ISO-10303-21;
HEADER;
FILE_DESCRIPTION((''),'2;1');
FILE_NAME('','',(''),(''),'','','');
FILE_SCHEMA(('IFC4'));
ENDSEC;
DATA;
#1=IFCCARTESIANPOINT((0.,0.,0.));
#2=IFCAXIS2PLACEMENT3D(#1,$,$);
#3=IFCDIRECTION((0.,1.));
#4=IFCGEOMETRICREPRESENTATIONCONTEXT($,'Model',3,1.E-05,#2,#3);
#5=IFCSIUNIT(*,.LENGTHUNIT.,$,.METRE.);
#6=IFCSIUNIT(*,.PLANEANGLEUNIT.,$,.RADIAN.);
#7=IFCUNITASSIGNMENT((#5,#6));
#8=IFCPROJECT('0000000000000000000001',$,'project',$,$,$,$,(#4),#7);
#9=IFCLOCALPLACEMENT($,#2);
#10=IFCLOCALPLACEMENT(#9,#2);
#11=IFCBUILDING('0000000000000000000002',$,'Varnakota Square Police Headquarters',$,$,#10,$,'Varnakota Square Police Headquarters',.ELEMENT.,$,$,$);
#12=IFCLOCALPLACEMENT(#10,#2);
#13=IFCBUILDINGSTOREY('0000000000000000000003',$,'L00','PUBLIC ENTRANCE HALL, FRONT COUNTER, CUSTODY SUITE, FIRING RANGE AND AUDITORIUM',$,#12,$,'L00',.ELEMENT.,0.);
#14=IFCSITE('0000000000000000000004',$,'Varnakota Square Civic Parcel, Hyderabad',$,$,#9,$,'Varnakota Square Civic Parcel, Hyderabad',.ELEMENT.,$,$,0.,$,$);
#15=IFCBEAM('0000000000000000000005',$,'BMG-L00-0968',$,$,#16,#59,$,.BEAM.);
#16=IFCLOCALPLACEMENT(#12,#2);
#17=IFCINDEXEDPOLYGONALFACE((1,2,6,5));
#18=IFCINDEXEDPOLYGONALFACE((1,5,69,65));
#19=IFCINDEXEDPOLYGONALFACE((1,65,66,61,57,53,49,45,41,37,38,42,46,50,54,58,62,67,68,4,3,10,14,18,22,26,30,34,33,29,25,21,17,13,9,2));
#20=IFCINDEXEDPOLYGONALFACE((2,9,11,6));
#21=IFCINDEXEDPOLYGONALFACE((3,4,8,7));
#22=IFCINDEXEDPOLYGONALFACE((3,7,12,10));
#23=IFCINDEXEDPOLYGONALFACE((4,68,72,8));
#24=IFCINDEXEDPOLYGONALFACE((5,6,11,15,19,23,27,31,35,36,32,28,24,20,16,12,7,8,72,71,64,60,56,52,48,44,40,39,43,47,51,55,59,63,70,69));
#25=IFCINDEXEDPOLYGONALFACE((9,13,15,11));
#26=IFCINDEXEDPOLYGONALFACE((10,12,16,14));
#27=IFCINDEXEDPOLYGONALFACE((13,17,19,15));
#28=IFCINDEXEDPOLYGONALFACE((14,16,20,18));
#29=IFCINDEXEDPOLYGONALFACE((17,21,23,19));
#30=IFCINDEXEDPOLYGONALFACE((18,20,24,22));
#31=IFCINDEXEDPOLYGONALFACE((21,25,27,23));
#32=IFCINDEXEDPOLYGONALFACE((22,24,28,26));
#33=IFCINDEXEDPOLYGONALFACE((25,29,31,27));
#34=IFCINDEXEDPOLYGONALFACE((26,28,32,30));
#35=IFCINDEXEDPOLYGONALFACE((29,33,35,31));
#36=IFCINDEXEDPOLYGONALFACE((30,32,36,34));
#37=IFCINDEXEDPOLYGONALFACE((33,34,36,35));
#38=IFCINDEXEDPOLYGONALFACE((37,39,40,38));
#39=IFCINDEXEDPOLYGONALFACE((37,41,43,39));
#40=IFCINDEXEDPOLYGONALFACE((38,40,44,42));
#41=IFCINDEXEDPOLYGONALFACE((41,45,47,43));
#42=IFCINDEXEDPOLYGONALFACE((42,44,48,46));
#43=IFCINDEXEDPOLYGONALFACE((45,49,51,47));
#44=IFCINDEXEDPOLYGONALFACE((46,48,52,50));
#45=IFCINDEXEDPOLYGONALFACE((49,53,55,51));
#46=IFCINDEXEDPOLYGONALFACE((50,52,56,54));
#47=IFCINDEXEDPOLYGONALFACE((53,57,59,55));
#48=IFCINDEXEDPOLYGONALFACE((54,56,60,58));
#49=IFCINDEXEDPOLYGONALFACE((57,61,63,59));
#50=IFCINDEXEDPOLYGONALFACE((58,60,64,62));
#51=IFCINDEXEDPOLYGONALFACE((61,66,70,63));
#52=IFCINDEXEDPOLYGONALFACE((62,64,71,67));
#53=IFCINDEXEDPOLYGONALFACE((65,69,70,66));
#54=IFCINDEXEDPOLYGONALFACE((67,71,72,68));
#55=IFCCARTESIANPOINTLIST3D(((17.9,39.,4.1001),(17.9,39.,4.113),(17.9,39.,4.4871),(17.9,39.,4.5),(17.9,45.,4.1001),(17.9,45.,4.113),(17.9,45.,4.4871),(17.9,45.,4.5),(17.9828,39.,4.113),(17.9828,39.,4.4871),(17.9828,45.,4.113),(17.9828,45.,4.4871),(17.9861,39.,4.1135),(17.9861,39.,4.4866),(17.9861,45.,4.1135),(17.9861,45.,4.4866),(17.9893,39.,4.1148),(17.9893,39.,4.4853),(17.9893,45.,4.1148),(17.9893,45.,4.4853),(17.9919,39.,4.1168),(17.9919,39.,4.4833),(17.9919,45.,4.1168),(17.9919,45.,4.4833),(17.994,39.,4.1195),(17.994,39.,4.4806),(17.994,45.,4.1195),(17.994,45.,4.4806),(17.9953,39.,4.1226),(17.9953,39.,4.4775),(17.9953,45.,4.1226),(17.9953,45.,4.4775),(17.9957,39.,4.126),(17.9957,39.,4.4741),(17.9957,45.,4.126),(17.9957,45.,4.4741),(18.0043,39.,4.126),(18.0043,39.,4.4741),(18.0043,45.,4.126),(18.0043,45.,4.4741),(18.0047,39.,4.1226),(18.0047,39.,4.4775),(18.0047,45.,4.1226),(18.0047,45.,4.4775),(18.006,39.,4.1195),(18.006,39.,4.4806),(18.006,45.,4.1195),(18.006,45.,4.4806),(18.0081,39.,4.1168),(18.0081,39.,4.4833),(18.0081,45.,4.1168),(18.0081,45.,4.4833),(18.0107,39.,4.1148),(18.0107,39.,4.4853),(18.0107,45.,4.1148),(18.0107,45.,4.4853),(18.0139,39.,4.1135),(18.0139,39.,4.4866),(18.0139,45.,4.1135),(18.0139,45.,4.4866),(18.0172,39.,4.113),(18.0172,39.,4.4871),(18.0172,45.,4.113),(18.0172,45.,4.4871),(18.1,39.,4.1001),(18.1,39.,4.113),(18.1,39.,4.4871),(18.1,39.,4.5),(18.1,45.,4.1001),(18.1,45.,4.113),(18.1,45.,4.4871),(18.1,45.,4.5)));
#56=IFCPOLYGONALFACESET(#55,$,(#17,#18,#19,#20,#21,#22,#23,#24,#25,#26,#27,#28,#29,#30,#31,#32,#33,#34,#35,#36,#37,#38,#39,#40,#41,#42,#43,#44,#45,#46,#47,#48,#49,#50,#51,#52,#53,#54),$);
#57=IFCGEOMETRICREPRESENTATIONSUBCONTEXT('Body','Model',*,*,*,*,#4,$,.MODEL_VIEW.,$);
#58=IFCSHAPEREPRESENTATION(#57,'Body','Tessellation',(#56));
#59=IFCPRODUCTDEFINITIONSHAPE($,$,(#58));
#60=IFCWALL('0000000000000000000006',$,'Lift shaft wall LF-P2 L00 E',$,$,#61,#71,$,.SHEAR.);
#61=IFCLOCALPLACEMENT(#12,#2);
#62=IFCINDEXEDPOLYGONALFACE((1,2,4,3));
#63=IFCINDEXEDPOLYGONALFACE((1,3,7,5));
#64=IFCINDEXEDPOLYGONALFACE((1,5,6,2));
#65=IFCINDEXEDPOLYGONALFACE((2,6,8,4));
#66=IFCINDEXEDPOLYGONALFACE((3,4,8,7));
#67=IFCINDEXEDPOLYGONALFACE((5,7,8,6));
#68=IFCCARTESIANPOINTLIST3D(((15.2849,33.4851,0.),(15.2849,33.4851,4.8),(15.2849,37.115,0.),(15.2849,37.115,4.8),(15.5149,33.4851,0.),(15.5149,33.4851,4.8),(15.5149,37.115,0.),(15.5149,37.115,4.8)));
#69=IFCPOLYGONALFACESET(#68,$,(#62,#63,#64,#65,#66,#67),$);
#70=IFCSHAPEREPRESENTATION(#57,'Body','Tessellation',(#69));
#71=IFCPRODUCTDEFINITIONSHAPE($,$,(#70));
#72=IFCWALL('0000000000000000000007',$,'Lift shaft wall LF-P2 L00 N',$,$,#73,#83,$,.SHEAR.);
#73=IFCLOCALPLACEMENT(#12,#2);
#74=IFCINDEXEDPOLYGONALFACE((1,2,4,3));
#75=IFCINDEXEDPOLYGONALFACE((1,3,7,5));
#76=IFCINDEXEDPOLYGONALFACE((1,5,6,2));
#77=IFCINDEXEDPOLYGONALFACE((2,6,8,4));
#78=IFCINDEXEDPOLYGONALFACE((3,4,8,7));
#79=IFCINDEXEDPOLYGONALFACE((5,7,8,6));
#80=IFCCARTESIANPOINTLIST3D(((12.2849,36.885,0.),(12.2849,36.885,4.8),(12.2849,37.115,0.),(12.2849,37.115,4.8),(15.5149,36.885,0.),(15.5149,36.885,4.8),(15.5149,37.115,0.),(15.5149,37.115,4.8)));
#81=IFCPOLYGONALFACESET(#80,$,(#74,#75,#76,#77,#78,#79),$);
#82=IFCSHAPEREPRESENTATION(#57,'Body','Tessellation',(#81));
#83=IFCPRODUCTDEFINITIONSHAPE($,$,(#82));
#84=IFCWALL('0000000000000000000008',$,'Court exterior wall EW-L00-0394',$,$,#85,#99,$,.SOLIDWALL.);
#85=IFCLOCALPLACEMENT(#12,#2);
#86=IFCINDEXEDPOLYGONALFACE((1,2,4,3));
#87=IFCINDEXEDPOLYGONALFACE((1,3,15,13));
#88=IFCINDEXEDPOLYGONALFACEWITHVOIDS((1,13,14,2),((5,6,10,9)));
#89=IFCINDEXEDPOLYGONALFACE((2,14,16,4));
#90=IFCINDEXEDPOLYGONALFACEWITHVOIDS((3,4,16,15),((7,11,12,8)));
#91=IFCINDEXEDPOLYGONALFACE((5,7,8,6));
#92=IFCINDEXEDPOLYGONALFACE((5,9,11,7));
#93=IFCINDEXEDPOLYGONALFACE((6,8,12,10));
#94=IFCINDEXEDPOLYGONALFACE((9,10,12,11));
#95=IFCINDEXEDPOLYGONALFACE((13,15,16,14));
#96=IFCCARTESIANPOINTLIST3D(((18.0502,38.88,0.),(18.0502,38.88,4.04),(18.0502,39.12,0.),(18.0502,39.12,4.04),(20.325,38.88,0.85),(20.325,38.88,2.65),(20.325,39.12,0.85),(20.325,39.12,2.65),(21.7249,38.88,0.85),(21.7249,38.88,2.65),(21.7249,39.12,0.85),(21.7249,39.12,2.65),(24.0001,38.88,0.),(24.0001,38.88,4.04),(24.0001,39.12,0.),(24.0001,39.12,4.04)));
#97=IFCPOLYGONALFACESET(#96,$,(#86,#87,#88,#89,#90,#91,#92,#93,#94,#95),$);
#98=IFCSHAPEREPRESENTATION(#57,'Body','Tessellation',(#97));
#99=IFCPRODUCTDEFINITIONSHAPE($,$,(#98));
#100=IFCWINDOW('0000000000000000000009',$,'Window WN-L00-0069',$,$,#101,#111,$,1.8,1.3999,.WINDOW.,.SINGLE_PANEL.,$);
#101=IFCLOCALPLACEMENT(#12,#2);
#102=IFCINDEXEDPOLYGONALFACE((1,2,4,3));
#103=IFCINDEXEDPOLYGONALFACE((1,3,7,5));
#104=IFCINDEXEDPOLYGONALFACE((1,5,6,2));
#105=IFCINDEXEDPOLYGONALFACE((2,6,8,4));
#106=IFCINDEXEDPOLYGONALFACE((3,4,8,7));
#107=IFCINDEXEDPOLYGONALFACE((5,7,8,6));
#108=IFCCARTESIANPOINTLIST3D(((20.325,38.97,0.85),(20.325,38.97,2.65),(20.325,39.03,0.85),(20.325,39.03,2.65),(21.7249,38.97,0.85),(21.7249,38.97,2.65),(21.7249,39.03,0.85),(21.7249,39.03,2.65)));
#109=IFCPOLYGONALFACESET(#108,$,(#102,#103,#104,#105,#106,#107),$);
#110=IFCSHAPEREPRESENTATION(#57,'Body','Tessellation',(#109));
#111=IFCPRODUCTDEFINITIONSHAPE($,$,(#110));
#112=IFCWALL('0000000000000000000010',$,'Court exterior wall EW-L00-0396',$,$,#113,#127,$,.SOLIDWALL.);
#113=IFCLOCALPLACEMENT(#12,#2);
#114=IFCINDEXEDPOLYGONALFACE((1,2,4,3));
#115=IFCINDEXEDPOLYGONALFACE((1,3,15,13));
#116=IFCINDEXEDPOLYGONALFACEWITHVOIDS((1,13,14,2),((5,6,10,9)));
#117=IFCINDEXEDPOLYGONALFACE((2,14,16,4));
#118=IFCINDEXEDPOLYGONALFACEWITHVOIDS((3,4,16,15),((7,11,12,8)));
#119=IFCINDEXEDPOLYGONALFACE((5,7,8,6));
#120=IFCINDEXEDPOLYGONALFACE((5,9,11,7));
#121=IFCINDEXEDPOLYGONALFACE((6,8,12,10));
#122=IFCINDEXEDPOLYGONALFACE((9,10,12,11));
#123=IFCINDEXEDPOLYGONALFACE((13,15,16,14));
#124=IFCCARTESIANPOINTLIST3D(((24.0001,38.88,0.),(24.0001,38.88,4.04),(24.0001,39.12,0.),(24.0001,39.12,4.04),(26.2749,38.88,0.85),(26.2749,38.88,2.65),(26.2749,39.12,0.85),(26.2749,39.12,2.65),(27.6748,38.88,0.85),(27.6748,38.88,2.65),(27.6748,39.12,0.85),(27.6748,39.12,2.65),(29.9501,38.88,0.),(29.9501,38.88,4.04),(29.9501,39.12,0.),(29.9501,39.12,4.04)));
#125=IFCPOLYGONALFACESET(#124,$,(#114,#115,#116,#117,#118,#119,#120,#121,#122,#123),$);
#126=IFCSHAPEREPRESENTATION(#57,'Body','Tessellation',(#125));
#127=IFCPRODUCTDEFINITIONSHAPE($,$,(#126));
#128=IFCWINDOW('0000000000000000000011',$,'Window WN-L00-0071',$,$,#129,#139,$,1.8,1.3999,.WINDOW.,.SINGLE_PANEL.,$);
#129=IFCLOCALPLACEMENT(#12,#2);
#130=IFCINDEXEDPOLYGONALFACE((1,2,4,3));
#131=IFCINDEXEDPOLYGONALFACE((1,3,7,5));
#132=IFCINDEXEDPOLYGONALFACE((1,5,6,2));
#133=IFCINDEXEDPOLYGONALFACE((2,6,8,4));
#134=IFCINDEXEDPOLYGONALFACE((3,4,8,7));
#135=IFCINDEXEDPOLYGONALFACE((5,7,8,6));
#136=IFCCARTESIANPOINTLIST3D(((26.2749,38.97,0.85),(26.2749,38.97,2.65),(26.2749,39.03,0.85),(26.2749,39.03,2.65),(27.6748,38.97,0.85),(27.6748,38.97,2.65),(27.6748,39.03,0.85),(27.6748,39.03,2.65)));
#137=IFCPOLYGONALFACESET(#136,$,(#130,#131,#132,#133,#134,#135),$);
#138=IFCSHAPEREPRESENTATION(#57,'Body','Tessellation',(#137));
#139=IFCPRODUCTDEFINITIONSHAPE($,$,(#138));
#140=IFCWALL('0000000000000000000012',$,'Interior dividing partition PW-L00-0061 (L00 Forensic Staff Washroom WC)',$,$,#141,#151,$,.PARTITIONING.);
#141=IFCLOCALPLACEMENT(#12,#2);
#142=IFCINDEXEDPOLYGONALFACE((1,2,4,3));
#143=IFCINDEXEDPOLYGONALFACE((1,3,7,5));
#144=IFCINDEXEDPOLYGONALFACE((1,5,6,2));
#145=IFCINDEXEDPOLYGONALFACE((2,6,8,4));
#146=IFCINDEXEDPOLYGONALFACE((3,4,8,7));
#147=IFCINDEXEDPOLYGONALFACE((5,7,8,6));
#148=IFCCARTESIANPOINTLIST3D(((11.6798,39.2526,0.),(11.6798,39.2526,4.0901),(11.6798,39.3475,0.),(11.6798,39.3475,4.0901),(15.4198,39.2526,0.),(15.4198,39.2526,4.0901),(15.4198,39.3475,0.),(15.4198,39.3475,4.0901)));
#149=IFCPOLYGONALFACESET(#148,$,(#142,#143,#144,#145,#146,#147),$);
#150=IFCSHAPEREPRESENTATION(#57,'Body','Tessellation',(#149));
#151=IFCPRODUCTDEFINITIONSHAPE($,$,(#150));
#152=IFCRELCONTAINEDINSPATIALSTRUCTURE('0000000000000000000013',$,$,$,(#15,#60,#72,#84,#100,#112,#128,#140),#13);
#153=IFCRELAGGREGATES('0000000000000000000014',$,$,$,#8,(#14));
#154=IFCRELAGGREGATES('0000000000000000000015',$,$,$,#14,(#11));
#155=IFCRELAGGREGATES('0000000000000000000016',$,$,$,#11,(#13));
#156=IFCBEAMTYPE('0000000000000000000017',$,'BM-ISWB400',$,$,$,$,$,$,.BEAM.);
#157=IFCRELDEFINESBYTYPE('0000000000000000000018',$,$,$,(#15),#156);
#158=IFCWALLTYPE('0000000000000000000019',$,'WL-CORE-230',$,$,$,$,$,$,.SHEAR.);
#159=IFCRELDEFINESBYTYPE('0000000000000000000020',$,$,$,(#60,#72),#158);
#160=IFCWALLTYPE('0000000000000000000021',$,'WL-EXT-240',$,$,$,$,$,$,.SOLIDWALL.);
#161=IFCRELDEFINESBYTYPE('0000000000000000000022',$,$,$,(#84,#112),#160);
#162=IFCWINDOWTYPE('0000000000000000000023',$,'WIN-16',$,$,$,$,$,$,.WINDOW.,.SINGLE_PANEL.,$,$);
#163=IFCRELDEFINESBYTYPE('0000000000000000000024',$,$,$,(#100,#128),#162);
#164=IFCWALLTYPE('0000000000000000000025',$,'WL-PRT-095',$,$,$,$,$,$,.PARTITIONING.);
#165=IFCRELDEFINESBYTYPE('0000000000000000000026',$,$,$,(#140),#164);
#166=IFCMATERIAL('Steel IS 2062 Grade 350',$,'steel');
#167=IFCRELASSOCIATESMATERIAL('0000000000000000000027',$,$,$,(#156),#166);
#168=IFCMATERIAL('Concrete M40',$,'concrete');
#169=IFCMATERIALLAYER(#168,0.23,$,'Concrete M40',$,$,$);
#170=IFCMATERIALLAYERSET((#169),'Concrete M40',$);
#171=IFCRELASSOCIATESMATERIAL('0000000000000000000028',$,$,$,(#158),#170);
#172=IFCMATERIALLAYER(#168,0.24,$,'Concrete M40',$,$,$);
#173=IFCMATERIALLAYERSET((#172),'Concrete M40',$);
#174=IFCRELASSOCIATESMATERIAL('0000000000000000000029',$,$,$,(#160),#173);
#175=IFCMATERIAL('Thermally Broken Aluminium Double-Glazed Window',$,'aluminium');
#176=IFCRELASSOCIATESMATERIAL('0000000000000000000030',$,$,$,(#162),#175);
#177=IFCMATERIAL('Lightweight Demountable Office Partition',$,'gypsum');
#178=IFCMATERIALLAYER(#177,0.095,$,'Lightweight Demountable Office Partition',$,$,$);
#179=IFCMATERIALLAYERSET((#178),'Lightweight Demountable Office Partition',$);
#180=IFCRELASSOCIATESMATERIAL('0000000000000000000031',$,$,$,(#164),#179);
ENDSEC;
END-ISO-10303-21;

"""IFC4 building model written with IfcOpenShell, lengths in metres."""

from ifc_helpers import new_model, si_unit, direction, frame, frame_2d, origin, origin_2d, place, context, subcontext, project, spatial, rectangle, i_section, extrude, material, layer, layer_set, material_profile, profile_set, type_object, element, fill, save


model = new_model("IFC4")

# Units and contexts
model_context = context("Model", 3, precision=1e-05, world=origin(), true_north=direction((0.0, 1.0)))
body_context = subcontext(model_context, "Body", "Model", "MODEL_VIEW")
ifc_project = project(units=[si_unit("LENGTHUNIT", "METRE"), si_unit("PLANEANGLEUNIT", "RADIAN")], contexts=[model_context])

# Site, building, storey
site_placement = place(None, origin())
site = spatial("IfcSite", under=ifc_project, at=site_placement, Name="Varnakota Square Civic Parcel, Hyderabad", LongName="Varnakota Square Civic Parcel, Hyderabad", CompositionType="ELEMENT", RefElevation=0.0)
building_placement = place(site_placement, origin())
building = spatial("IfcBuilding", under=site, at=building_placement, Name="Varnakota Square Police Headquarters", LongName="Varnakota Square Police Headquarters", CompositionType="ELEMENT")
storey_placement = place(building_placement, origin())
storey = spatial("IfcBuildingStorey", under=building, at=storey_placement, Name="L00", Description="PUBLIC ENTRANCE HALL, FRONT COUNTER, CUSTODY SUITE, FIRING RANGE AND AUDITORIUM", LongName="L00", CompositionType="ELEMENT", Elevation=0.0)

# Beam
ifc_material_1 = material(Name="Steel IS 2062 Grade 350", Category="steel")
ifc_material_profile_1 = material_profile(ifc_material_1, i_section(OverallWidth=0.2, OverallDepth=0.3999, WebThickness=0.0085, FlangeThickness=0.0129, FilletRadius=0.0129, at=origin_2d()), Name="ISWB 400")
ifc_profile_set_1 = profile_set([ifc_material_profile_1], Name="Steel IS 2062 Grade 350")
beam_type_1 = type_object("IfcBeamType", Name="BM-ISWB400", PredefinedType="BEAM", material=ifc_profile_set_1)
beam_1_placement = place(storey_placement, frame((18.0, 39.0, 4.3), z_axis=(0.0, 1.0, 0.0), x_axis=(-1.0, 0.0, 0.0)))
element("IfcBeam", 1, at=beam_1_placement, inside=storey, type_object=beam_type_1, Name="BMG-L00-0968", PredefinedType="BEAM", context=body_context, shape_type="SweptSolid", body=[
    extrude(i_section(OverallWidth=0.2, OverallDepth=0.3999, WebThickness=0.0085, FlangeThickness=0.0129, FilletRadius=0.0129, at=origin_2d()), origin(), (0.0, 0.0, 1.0), 6.0),
])

# Walls
ifc_material_2 = material(Name="Concrete M40", Category="concrete")
ifc_layer_1 = layer(ifc_material_2, 0.23, Name="Concrete M40")
ifc_layer_set_1 = layer_set([ifc_layer_1], Name="Concrete M40")
wall_type_1 = type_object("IfcWallType", Name="WL-CORE-230", PredefinedType="SHEAR", material=ifc_layer_set_1)
wall_1_placement = place(storey_placement, frame((15.3999, 33.4851, 0.0), z_axis=(0.0, 0.0, 1.0), x_axis=(0.0, 1.0, 0.0)))
element("IfcWall", 2, at=wall_1_placement, inside=storey, type_object=wall_type_1, Name="Lift shaft wall LF-P2 L00 E", PredefinedType="SHEAR", context=body_context, shape_type="SweptSolid", body=[
    extrude(rectangle(XDim=3.6299, YDim=0.23, at=frame_2d((1.8149, 0.0))), origin(), (0.0, 0.0, 1.0), 4.8),
])
wall_2_placement = place(storey_placement, frame((15.5149, 37.0, 0.0), z_axis=(0.0, 0.0, 1.0), x_axis=(-1.0, 0.0, 0.0)))
element("IfcWall", 3, at=wall_2_placement, inside=storey, type_object=wall_type_1, Name="Lift shaft wall LF-P2 L00 N", PredefinedType="SHEAR", context=body_context, shape_type="SweptSolid", body=[
    extrude(rectangle(XDim=3.23, YDim=0.23, at=frame_2d((1.615, 0.0))), origin(), (0.0, 0.0, 1.0), 4.8),
])

# Walls, openings, windows
ifc_layer_2 = layer(ifc_material_2, 0.24, Name="Concrete M40")
ifc_layer_set_2 = layer_set([ifc_layer_2], Name="Concrete M40")
wall_type_2 = type_object("IfcWallType", Name="WL-EXT-240", PredefinedType="SOLIDWALL", material=ifc_layer_set_2)
wall_3_placement = place(storey_placement, frame((18.05, 39.0, 0.0), z_axis=(0.0, 0.0, 1.0), x_axis=(1.0, 0.0, 0.0)))
wall_3 = element("IfcWall", 4, at=wall_3_placement, inside=storey, type_object=wall_type_2, Name="Court exterior wall EW-L00-0394", PredefinedType="SOLIDWALL", context=body_context, shape_type="SweptSolid", body=[
    extrude(rectangle(XDim=5.95, YDim=0.24, at=frame_2d((2.9751, 0.0))), origin(), (0.0, 0.0, 1.0), 4.04),
])
opening_1_placement = place(wall_3_placement, frame((2.2749, 0.0, 0.8501)))
opening_1 = element("IfcOpeningElement", 5, at=opening_1_placement, cuts=wall_3, PredefinedType="OPENING", context=body_context, shape_type="SweptSolid", body=[
    extrude(rectangle(XDim=1.3999, YDim=1.8, at=frame_2d((0.7, 0.8999))), frame((0.0, 0.1299, 0.0), z_axis=(0.0, -1.0, 0.0), x_axis=(1.0, 0.0, 0.0)), (0.0, 0.0, 1.0), 0.26),
])
ifc_material_3 = material(Name="Thermally Broken Aluminium Double-Glazed Window", Category="aluminium")
window_type = type_object("IfcWindowType", Name="WIN-16", PartitioningType="SINGLE_PANEL", PredefinedType="WINDOW", material=ifc_material_3)
window_1_placement = place(opening_1_placement, origin())
window_1 = element("IfcWindow", 6, at=window_1_placement, inside=storey, type_object=window_type, Name="Window WN-L00-0069", OverallHeight=1.8, OverallWidth=1.3999, PartitioningType="SINGLE_PANEL", PredefinedType="WINDOW", context=body_context, shape_type="SweptSolid", body=[
    extrude(rectangle(XDim=1.3999, YDim=1.8, at=frame_2d((0.7, 0.8999))), frame((0.0, 0.03, 0.0), z_axis=(0.0, -1.0, 0.0), x_axis=(1.0, 0.0, 0.0)), (0.0, 0.0, 1.0), 0.0601),
])
fill(opening_1, window_1)
wall_4_placement = place(storey_placement, frame((24.0, 39.0, 0.0), z_axis=(0.0, 0.0, 1.0), x_axis=(1.0, 0.0, 0.0)))
wall_4 = element("IfcWall", 7, at=wall_4_placement, inside=storey, type_object=wall_type_2, Name="Court exterior wall EW-L00-0396", PredefinedType="SOLIDWALL", context=body_context, shape_type="SweptSolid", body=[
    extrude(rectangle(XDim=5.95, YDim=0.24, at=frame_2d((2.9751, 0.0))), origin(), (0.0, 0.0, 1.0), 4.04),
])
opening_2_placement = place(wall_4_placement, frame((2.2749, 0.0, 0.8501)))
opening_2 = element("IfcOpeningElement", 8, at=opening_2_placement, cuts=wall_4, PredefinedType="OPENING", context=body_context, shape_type="SweptSolid", body=[
    extrude(rectangle(XDim=1.3999, YDim=1.8, at=frame_2d((0.7, 0.8999))), frame((0.0, 0.1299, 0.0), z_axis=(0.0, -1.0, 0.0), x_axis=(1.0, 0.0, 0.0)), (0.0, 0.0, 1.0), 0.26),
])
window_2_placement = place(opening_2_placement, origin())
window_2 = element("IfcWindow", 9, at=window_2_placement, inside=storey, type_object=window_type, Name="Window WN-L00-0071", OverallHeight=1.8, OverallWidth=1.3999, PartitioningType="SINGLE_PANEL", PredefinedType="WINDOW", context=body_context, shape_type="SweptSolid", body=[
    extrude(rectangle(XDim=1.3999, YDim=1.8, at=frame_2d((0.7, 0.8999))), frame((0.0, 0.03, 0.0), z_axis=(0.0, -1.0, 0.0), x_axis=(1.0, 0.0, 0.0)), (0.0, 0.0, 1.0), 0.0601),
])
fill(opening_2, window_2)

# Wall
ifc_material_4 = material(Name="Lightweight Demountable Office Partition", Category="gypsum")
ifc_layer_3 = layer(ifc_material_4, 0.095, Name="Lightweight Demountable Office Partition")
ifc_layer_set_3 = layer_set([ifc_layer_3], Name="Lightweight Demountable Office Partition")
wall_type_3 = type_object("IfcWallType", Name="WL-PRT-095", PredefinedType="PARTITIONING", material=ifc_layer_set_3)
wall_5_placement = place(storey_placement, frame((15.4199, 39.3, 0.0), z_axis=(0.0, 0.0, 1.0), x_axis=(-1.0, 0.0, 0.0)))
element("IfcWall", 10, at=wall_5_placement, inside=storey, type_object=wall_type_3, Name="Interior dividing partition PW-L00-0061 (L00 Forensic Staff Washroom WC)", PredefinedType="PARTITIONING", context=body_context, shape_type="SweptSolid", body=[
    extrude(rectangle(XDim=3.74, YDim=0.095, at=frame_2d((1.8701, 0.0))), origin(), (0.0, 0.0, 1.0), 4.0901),
])

save(model, "model.ifc")
